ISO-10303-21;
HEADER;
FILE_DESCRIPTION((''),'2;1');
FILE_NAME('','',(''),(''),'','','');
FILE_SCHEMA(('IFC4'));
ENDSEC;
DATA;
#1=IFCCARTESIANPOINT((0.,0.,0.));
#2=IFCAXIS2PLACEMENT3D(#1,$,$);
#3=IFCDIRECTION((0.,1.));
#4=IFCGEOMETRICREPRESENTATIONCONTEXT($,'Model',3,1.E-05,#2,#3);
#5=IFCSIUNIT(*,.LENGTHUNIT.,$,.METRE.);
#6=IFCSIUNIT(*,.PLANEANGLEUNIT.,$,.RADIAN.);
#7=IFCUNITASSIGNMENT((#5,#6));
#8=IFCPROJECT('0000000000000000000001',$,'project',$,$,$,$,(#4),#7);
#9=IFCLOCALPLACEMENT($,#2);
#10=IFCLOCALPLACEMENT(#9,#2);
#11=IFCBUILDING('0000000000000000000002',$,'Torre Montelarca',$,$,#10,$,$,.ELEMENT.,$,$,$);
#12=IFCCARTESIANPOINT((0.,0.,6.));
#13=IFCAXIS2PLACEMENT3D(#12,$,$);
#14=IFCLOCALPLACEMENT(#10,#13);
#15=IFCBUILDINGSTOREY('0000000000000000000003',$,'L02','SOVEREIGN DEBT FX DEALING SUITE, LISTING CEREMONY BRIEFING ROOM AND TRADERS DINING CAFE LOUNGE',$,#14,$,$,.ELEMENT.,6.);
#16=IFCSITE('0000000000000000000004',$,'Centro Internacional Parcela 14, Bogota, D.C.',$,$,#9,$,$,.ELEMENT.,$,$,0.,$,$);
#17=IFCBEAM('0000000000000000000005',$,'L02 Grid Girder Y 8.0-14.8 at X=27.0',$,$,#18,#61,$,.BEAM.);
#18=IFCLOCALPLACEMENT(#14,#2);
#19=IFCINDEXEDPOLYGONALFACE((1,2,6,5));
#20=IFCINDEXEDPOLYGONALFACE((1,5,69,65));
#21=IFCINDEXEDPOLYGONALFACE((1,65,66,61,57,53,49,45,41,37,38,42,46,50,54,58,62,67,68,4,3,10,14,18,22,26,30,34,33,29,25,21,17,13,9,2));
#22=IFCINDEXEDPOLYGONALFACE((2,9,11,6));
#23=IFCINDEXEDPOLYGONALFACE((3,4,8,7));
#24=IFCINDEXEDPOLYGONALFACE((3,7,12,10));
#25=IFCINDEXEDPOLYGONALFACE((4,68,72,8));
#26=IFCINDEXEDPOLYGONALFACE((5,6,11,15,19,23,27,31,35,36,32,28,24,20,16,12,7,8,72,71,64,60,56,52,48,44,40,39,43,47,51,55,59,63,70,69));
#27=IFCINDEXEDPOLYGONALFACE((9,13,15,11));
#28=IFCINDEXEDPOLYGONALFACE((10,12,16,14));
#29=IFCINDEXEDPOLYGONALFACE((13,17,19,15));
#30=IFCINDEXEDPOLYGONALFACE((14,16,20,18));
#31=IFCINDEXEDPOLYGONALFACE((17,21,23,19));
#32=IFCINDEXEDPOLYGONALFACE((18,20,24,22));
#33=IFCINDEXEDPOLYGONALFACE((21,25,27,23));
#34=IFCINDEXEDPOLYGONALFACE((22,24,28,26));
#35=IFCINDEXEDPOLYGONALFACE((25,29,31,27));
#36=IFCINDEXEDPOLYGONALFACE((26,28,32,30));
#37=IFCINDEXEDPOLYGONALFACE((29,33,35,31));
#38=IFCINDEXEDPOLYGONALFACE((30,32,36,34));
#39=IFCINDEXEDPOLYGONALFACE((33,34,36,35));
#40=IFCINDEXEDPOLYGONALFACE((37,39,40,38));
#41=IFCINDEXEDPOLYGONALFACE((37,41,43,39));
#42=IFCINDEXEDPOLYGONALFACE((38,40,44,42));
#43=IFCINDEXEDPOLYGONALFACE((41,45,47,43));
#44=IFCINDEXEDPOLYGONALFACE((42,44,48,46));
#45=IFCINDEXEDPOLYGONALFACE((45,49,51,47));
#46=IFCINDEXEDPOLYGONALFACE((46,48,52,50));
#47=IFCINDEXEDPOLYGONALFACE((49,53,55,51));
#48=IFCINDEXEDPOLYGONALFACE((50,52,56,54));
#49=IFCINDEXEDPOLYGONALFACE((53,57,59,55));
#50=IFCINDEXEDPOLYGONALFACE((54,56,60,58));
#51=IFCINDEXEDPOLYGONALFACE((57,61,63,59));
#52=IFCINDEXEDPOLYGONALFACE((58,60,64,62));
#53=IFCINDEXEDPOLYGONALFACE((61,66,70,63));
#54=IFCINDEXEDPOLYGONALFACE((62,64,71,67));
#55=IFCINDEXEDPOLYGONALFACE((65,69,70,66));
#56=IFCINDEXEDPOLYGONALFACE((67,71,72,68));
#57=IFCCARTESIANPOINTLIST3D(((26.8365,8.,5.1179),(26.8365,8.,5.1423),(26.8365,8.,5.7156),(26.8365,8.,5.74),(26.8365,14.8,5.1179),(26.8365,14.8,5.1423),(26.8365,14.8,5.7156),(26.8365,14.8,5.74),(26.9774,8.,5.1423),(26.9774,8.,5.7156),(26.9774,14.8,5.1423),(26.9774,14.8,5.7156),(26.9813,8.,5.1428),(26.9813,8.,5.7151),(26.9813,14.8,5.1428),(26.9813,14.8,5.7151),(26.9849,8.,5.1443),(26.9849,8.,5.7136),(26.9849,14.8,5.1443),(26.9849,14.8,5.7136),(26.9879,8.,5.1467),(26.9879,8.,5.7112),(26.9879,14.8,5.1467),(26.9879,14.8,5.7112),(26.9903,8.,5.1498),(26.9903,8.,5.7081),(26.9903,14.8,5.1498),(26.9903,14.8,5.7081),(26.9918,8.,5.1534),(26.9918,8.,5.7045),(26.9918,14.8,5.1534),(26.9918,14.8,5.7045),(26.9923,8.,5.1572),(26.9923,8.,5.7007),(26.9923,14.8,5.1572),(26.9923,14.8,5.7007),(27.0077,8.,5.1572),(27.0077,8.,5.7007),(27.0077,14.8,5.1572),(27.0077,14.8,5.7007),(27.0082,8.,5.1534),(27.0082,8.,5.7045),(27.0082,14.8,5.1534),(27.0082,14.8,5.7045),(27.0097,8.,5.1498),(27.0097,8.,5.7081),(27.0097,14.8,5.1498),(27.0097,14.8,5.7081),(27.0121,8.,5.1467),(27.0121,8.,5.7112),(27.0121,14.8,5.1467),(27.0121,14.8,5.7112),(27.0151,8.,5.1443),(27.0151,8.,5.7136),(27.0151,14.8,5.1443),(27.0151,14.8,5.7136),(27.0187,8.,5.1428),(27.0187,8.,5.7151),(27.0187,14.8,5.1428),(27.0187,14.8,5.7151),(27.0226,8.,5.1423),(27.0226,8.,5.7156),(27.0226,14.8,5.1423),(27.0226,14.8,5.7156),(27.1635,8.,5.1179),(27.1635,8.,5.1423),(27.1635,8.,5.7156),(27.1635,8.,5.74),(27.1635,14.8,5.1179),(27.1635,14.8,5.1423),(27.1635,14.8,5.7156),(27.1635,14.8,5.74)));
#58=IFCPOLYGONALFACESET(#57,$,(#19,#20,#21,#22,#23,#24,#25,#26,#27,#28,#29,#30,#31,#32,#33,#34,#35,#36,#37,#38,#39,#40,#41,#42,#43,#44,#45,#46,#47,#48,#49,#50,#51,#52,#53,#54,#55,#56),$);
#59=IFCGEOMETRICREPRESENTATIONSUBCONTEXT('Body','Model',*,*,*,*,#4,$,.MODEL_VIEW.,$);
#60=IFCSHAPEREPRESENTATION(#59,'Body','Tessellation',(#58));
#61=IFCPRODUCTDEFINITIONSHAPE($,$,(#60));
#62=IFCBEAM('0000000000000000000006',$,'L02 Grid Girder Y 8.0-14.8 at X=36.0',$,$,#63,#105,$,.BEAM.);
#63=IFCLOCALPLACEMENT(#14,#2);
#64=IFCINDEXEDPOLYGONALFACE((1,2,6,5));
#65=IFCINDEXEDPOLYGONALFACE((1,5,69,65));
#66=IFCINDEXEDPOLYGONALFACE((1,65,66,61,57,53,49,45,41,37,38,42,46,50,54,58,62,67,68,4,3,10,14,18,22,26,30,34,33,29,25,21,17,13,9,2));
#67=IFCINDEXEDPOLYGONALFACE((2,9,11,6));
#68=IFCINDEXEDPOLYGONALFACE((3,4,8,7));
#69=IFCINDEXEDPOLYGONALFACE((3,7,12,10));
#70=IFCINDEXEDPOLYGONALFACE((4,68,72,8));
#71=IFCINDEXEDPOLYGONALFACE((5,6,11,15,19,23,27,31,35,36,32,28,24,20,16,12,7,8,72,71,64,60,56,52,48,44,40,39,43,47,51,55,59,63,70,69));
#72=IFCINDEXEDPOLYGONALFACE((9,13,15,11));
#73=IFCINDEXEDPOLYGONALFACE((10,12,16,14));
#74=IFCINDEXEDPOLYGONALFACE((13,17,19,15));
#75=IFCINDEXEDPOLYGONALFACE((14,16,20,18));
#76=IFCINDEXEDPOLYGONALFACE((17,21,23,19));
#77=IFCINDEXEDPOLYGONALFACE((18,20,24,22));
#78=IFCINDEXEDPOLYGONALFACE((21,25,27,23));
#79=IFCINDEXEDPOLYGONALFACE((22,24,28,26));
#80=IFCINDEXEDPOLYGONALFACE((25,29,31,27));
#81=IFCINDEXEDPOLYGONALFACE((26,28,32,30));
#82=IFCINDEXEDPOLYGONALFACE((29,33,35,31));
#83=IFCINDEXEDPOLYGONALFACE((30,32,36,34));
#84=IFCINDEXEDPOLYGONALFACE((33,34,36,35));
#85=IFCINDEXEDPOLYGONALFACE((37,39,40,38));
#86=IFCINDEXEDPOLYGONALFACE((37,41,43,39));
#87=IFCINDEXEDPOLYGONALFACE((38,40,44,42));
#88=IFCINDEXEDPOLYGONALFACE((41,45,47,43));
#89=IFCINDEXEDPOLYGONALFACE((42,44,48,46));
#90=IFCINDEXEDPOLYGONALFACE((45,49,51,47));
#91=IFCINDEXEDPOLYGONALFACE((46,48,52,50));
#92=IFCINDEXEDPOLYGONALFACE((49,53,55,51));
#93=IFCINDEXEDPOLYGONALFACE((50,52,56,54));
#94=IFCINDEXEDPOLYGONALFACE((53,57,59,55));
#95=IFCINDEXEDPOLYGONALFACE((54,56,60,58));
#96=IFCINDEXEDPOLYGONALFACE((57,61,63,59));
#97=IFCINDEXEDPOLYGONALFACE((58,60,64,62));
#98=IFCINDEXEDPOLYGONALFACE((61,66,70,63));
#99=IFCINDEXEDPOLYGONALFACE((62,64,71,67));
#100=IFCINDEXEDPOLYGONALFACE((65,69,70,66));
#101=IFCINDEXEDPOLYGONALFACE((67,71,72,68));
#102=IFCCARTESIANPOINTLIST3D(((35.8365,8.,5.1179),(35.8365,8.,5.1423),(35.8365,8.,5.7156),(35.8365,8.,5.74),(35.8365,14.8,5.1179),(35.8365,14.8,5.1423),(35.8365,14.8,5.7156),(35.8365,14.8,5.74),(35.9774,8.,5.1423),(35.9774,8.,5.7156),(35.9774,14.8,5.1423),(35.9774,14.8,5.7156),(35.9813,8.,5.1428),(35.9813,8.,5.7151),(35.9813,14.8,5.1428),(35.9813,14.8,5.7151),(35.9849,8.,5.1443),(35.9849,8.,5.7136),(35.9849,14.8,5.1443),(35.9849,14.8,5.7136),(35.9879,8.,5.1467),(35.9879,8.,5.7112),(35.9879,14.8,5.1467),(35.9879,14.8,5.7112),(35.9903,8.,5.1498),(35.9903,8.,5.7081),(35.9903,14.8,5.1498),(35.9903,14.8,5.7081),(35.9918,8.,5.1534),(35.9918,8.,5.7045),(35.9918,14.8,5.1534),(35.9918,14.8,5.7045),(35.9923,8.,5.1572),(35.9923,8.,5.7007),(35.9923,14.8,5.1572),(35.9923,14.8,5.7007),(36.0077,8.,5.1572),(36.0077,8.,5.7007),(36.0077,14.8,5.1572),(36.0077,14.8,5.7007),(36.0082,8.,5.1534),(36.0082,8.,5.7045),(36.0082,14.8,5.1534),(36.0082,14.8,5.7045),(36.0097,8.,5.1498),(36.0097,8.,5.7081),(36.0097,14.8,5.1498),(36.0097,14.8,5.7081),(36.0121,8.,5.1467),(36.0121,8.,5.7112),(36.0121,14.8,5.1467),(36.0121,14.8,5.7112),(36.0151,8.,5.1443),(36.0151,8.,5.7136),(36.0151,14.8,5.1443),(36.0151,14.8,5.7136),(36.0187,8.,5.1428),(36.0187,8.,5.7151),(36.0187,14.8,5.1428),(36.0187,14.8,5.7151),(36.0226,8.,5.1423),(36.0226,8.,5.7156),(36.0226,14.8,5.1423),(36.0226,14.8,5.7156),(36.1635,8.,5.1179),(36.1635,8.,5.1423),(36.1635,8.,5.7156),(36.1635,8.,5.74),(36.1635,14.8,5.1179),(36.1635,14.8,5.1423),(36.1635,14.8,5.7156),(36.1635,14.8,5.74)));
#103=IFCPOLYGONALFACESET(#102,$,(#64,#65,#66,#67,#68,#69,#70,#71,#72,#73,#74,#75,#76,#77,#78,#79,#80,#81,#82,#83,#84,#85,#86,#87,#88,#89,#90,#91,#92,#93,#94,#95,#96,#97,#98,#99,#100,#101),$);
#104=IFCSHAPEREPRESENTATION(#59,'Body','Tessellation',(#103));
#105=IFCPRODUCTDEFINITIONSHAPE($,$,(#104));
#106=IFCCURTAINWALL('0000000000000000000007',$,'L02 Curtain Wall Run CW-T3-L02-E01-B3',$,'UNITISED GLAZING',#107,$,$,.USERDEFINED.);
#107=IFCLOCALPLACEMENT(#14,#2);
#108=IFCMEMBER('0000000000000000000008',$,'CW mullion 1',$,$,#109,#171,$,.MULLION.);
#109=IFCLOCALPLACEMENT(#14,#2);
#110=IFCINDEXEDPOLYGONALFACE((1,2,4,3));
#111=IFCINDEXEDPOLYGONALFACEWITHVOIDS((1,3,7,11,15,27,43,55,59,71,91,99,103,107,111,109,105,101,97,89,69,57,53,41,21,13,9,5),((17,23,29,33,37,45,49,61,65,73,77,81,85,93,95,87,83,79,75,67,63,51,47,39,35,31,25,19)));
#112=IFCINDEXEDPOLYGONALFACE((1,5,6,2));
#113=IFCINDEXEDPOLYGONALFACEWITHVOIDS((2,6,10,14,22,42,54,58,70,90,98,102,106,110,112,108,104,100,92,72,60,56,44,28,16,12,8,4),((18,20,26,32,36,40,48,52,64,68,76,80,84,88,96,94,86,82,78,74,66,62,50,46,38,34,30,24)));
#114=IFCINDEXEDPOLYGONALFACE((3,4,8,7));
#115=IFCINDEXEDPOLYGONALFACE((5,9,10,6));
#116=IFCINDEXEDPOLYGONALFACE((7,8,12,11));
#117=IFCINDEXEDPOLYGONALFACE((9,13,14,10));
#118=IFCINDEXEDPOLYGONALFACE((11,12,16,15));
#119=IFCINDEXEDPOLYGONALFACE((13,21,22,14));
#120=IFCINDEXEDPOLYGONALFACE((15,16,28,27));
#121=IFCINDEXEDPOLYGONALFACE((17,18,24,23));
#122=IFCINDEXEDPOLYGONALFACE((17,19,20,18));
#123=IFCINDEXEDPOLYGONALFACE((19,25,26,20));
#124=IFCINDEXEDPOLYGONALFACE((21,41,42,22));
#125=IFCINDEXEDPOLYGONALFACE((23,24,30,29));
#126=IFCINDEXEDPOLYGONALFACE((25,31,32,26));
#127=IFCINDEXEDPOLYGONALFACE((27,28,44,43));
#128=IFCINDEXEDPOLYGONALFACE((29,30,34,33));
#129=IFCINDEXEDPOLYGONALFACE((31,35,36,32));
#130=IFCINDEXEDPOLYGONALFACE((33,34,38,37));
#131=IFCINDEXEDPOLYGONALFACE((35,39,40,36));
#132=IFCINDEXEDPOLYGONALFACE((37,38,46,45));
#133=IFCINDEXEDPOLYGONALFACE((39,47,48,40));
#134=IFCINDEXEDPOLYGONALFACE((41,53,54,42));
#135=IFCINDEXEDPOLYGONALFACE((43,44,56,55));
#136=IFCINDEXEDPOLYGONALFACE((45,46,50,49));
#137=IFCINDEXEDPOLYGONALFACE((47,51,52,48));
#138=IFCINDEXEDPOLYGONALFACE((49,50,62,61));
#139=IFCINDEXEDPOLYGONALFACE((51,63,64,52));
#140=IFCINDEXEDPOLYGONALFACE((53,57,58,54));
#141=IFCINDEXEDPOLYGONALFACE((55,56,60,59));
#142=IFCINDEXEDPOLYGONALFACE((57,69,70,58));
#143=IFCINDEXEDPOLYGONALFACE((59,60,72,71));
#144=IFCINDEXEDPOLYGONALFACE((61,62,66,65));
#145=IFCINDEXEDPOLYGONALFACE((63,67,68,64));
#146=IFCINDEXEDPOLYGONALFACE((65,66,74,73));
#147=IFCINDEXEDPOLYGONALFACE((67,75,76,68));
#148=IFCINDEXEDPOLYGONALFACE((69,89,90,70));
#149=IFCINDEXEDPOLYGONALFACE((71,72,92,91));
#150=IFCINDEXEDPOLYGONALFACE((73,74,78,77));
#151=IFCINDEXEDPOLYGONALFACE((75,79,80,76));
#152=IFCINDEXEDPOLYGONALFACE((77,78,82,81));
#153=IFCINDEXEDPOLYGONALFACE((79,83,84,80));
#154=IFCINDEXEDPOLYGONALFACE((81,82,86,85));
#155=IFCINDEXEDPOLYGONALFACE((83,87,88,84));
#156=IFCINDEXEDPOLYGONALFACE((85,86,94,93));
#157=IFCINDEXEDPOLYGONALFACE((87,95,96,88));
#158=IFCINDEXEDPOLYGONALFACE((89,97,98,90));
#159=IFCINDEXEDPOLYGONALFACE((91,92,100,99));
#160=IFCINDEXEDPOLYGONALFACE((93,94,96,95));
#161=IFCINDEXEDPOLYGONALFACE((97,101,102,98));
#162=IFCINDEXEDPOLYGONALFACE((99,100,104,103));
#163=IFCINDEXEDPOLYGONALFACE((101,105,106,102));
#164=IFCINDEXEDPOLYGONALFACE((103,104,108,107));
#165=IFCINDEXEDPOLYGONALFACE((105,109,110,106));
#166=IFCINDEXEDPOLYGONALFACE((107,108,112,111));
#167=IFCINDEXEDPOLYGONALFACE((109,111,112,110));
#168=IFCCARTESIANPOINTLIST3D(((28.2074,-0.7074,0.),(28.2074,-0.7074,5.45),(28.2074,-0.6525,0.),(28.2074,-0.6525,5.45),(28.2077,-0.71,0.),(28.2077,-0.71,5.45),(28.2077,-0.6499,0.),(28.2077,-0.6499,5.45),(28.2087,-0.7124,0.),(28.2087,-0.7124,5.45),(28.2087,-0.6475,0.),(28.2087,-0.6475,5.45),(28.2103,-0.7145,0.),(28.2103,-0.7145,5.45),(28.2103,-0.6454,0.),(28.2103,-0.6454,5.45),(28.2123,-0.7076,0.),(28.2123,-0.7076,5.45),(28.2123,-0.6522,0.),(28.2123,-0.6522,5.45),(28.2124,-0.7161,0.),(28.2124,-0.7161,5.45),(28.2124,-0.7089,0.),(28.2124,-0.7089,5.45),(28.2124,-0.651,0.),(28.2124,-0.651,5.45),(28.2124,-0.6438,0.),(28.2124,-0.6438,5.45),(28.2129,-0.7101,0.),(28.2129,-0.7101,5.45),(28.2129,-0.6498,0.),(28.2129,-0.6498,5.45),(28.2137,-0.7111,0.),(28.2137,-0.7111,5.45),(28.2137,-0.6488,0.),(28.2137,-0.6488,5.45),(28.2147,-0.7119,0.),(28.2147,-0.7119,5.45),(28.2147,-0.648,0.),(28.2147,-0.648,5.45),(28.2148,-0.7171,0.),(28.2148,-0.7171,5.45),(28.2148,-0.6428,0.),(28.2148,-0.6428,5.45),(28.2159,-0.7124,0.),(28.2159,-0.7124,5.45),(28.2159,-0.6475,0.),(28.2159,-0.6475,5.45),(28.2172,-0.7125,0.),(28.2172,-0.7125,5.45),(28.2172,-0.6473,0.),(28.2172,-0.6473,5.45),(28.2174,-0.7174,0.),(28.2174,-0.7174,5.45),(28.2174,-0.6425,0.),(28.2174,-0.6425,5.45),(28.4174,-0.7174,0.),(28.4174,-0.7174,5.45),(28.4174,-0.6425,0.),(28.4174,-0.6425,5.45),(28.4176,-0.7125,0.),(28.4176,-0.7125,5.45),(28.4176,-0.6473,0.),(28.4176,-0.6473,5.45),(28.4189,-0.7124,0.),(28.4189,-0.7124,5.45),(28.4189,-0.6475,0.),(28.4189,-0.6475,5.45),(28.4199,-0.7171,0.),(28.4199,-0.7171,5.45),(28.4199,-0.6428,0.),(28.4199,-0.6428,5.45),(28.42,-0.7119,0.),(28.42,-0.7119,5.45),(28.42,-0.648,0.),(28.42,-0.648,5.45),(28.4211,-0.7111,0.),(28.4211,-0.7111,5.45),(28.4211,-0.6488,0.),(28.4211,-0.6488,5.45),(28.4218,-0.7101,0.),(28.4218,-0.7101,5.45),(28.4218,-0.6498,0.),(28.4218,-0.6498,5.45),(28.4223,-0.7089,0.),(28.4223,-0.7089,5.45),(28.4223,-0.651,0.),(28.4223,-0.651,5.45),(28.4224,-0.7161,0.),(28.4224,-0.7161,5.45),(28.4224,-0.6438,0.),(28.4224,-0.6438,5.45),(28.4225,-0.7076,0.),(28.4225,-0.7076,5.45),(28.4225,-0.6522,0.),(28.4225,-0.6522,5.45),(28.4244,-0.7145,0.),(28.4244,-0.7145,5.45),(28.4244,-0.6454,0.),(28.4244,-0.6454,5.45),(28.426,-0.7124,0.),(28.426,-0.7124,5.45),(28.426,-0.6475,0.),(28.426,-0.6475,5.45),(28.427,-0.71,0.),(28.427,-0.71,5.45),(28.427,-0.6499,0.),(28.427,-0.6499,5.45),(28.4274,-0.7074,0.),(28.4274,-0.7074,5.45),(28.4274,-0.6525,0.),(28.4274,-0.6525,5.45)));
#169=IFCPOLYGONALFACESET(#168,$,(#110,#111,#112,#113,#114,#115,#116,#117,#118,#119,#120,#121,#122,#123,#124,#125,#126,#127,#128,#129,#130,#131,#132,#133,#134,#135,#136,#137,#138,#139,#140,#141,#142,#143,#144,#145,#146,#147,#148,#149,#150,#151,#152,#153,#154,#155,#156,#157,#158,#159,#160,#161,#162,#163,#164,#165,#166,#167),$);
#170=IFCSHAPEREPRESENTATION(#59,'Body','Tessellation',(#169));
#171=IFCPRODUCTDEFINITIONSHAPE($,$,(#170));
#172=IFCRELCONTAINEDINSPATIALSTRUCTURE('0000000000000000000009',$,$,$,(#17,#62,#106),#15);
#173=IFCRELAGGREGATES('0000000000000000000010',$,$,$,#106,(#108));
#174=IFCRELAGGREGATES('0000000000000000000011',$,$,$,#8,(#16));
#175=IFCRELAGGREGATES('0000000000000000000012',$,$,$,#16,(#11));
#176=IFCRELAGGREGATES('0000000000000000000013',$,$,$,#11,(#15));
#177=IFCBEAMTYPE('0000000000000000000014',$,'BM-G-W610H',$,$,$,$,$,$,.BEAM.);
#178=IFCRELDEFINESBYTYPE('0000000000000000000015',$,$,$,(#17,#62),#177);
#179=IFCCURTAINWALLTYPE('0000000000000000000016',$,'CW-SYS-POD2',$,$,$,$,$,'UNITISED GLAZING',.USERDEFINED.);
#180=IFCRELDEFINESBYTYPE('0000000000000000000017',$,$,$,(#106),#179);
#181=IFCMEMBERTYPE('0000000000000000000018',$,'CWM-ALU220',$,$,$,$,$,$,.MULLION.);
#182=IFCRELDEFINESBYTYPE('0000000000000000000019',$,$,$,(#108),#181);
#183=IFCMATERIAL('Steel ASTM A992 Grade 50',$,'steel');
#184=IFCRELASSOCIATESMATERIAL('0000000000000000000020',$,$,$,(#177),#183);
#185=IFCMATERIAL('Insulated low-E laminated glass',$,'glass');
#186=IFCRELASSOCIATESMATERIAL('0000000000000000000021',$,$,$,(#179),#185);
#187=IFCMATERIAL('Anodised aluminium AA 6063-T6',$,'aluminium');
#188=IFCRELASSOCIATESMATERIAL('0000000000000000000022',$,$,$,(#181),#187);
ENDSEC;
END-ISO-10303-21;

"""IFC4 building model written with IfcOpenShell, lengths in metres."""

from ifc_helpers import new_model, si_unit, direction, frame, origin, origin_2d, place, context, subcontext, project, spatial, hollow_rectangle, i_section, extrude, source, transform, mapped, material, material_profile, profile_set, type_object, element, aggregate, save


model = new_model("IFC4")

# Units and contexts
model_context = context("Model", 3, precision=1e-05, world=origin(), true_north=direction((0.0, 1.0)))
body_context = subcontext(model_context, "Body", "Model", "MODEL_VIEW")
ifc_project = project(units=[si_unit("LENGTHUNIT", "METRE"), si_unit("PLANEANGLEUNIT", "RADIAN")], contexts=[model_context])

# Site, building, storey
site_placement = place(None, origin())
site = spatial("IfcSite", under=ifc_project, at=site_placement, Name="Centro Internacional Parcela 14, Bogota, D.C.", CompositionType="ELEMENT", RefElevation=0.0)
building_placement = place(site_placement, origin())
building = spatial("IfcBuilding", under=site, at=building_placement, Name="Torre Montelarca", CompositionType="ELEMENT")
storey_placement = place(building_placement, frame((0.0, 0.0, 6.0)))
storey = spatial("IfcBuildingStorey", under=building, at=storey_placement, Name="L02", Description="SOVEREIGN DEBT FX DEALING SUITE, LISTING CEREMONY BRIEFING ROOM AND TRADERS DINING CAFE LOUNGE", CompositionType="ELEMENT", Elevation=6.0)

# Beams
ifc_material_1 = material(Name="Steel ASTM A992 Grade 50", Category="steel")
ifc_material_profile_1 = material_profile(ifc_material_1, i_section(OverallWidth=0.3269, OverallDepth=0.6221, WebThickness=0.0154, FlangeThickness=0.0244, FilletRadius=0.0149, at=origin_2d()), Name="W610X195", Category="steel")
ifc_profile_set_1 = profile_set([ifc_material_profile_1], Name="Steel ASTM A992 Grade 50")
beam_type_1 = type_object("IfcBeamType", Name="BM-G-W610H", PredefinedType="BEAM", material=ifc_profile_set_1)
shared_shape_1 = source(origin(), body_context, "Body", "SweptSolid", [
    extrude(i_section(OverallWidth=0.3269, OverallDepth=0.6221, WebThickness=0.0154, FlangeThickness=0.0244, FilletRadius=0.0149, at=origin_2d()), origin(), (0.0, 0.0, 1.0), 6.8),
])
for number, where, z_axis, x_axis, name in (
    (1, (27.0, 8.0, 5.429), (0.0, 1.0, 0.0), (-1.0, 0.0, 0.0), "L02 Grid Girder Y 8.0-14.8 at X=27.0"),
    (2, (36.0, 8.0, 5.429), (0.0, 1.0, 0.0), (-1.0, 0.0, 0.0), "L02 Grid Girder Y 8.0-14.8 at X=36.0"),
):
    element("IfcBeam", number, at=place(storey_placement, frame(where, z_axis=z_axis, x_axis=x_axis)), inside=storey, type_object=beam_type_1, Name=name, PredefinedType="BEAM", context=body_context, shape_type="MappedRepresentation", body=[
        mapped(shared_shape_1, transform((0.0, 0.0, 0.0), scale=1.0)),
    ])

# Curtain wall, member
ifc_material_2 = material(Name="Insulated low-E laminated glass", Category="glass")
curtain_wall_type = type_object("IfcCurtainWallType", Name="CW-SYS-POD2", ElementType="UNITISED GLAZING", PredefinedType="USERDEFINED", material=ifc_material_2)
curtain_wall_placement = place(storey_placement, origin())
curtain_wall = element("IfcCurtainWall", 3, at=curtain_wall_placement, inside=storey, type_object=curtain_wall_type, Name="L02 Curtain Wall Run CW-T3-L02-E01-B3", ObjectType="UNITISED GLAZING", PredefinedType="USERDEFINED")
ifc_material_3 = material(Name="Anodised aluminium AA 6063-T6", Category="aluminium")
ifc_material_profile_2 = material_profile(ifc_material_3, hollow_rectangle(XDim=0.075, YDim=0.22, WallThickness=0.0049, InnerFilletRadius=0.0049, OuterFilletRadius=0.01, at=origin_2d()), Name="ALU75X220X5", Category="aluminium")
ifc_profile_set_2 = profile_set([ifc_material_profile_2], Name="Anodised aluminium AA 6063-T6")
member_type_1 = type_object("IfcMemberType", Name="CWM-ALU220", PredefinedType="MULLION", material=ifc_profile_set_2)
shared_shape_2 = source(origin(), body_context, "Body", "SweptSolid", [
    extrude(hollow_rectangle(XDim=0.075, YDim=0.22, WallThickness=0.0049, InnerFilletRadius=0.0049, OuterFilletRadius=0.01, at=origin_2d()), origin(), (0.0, 0.0, 1.0), 5.45),
])
member_1_placement = place(storey_placement, frame((28.3174, -0.6799, 0.0), z_axis=(0.0, 0.0, 1.0), x_axis=(0.0, 1.0, 0.0)))
member_1 = element("IfcMember", 4, at=member_1_placement, type_object=member_type_1, Name="CW mullion 1", PredefinedType="MULLION", context=body_context, shape_type="MappedRepresentation", body=[
    mapped(shared_shape_2, transform((0.0, 0.0, 0.0), scale=1.0)),
])
aggregate(curtain_wall, [member_1])

save(model, "model.ifc")
